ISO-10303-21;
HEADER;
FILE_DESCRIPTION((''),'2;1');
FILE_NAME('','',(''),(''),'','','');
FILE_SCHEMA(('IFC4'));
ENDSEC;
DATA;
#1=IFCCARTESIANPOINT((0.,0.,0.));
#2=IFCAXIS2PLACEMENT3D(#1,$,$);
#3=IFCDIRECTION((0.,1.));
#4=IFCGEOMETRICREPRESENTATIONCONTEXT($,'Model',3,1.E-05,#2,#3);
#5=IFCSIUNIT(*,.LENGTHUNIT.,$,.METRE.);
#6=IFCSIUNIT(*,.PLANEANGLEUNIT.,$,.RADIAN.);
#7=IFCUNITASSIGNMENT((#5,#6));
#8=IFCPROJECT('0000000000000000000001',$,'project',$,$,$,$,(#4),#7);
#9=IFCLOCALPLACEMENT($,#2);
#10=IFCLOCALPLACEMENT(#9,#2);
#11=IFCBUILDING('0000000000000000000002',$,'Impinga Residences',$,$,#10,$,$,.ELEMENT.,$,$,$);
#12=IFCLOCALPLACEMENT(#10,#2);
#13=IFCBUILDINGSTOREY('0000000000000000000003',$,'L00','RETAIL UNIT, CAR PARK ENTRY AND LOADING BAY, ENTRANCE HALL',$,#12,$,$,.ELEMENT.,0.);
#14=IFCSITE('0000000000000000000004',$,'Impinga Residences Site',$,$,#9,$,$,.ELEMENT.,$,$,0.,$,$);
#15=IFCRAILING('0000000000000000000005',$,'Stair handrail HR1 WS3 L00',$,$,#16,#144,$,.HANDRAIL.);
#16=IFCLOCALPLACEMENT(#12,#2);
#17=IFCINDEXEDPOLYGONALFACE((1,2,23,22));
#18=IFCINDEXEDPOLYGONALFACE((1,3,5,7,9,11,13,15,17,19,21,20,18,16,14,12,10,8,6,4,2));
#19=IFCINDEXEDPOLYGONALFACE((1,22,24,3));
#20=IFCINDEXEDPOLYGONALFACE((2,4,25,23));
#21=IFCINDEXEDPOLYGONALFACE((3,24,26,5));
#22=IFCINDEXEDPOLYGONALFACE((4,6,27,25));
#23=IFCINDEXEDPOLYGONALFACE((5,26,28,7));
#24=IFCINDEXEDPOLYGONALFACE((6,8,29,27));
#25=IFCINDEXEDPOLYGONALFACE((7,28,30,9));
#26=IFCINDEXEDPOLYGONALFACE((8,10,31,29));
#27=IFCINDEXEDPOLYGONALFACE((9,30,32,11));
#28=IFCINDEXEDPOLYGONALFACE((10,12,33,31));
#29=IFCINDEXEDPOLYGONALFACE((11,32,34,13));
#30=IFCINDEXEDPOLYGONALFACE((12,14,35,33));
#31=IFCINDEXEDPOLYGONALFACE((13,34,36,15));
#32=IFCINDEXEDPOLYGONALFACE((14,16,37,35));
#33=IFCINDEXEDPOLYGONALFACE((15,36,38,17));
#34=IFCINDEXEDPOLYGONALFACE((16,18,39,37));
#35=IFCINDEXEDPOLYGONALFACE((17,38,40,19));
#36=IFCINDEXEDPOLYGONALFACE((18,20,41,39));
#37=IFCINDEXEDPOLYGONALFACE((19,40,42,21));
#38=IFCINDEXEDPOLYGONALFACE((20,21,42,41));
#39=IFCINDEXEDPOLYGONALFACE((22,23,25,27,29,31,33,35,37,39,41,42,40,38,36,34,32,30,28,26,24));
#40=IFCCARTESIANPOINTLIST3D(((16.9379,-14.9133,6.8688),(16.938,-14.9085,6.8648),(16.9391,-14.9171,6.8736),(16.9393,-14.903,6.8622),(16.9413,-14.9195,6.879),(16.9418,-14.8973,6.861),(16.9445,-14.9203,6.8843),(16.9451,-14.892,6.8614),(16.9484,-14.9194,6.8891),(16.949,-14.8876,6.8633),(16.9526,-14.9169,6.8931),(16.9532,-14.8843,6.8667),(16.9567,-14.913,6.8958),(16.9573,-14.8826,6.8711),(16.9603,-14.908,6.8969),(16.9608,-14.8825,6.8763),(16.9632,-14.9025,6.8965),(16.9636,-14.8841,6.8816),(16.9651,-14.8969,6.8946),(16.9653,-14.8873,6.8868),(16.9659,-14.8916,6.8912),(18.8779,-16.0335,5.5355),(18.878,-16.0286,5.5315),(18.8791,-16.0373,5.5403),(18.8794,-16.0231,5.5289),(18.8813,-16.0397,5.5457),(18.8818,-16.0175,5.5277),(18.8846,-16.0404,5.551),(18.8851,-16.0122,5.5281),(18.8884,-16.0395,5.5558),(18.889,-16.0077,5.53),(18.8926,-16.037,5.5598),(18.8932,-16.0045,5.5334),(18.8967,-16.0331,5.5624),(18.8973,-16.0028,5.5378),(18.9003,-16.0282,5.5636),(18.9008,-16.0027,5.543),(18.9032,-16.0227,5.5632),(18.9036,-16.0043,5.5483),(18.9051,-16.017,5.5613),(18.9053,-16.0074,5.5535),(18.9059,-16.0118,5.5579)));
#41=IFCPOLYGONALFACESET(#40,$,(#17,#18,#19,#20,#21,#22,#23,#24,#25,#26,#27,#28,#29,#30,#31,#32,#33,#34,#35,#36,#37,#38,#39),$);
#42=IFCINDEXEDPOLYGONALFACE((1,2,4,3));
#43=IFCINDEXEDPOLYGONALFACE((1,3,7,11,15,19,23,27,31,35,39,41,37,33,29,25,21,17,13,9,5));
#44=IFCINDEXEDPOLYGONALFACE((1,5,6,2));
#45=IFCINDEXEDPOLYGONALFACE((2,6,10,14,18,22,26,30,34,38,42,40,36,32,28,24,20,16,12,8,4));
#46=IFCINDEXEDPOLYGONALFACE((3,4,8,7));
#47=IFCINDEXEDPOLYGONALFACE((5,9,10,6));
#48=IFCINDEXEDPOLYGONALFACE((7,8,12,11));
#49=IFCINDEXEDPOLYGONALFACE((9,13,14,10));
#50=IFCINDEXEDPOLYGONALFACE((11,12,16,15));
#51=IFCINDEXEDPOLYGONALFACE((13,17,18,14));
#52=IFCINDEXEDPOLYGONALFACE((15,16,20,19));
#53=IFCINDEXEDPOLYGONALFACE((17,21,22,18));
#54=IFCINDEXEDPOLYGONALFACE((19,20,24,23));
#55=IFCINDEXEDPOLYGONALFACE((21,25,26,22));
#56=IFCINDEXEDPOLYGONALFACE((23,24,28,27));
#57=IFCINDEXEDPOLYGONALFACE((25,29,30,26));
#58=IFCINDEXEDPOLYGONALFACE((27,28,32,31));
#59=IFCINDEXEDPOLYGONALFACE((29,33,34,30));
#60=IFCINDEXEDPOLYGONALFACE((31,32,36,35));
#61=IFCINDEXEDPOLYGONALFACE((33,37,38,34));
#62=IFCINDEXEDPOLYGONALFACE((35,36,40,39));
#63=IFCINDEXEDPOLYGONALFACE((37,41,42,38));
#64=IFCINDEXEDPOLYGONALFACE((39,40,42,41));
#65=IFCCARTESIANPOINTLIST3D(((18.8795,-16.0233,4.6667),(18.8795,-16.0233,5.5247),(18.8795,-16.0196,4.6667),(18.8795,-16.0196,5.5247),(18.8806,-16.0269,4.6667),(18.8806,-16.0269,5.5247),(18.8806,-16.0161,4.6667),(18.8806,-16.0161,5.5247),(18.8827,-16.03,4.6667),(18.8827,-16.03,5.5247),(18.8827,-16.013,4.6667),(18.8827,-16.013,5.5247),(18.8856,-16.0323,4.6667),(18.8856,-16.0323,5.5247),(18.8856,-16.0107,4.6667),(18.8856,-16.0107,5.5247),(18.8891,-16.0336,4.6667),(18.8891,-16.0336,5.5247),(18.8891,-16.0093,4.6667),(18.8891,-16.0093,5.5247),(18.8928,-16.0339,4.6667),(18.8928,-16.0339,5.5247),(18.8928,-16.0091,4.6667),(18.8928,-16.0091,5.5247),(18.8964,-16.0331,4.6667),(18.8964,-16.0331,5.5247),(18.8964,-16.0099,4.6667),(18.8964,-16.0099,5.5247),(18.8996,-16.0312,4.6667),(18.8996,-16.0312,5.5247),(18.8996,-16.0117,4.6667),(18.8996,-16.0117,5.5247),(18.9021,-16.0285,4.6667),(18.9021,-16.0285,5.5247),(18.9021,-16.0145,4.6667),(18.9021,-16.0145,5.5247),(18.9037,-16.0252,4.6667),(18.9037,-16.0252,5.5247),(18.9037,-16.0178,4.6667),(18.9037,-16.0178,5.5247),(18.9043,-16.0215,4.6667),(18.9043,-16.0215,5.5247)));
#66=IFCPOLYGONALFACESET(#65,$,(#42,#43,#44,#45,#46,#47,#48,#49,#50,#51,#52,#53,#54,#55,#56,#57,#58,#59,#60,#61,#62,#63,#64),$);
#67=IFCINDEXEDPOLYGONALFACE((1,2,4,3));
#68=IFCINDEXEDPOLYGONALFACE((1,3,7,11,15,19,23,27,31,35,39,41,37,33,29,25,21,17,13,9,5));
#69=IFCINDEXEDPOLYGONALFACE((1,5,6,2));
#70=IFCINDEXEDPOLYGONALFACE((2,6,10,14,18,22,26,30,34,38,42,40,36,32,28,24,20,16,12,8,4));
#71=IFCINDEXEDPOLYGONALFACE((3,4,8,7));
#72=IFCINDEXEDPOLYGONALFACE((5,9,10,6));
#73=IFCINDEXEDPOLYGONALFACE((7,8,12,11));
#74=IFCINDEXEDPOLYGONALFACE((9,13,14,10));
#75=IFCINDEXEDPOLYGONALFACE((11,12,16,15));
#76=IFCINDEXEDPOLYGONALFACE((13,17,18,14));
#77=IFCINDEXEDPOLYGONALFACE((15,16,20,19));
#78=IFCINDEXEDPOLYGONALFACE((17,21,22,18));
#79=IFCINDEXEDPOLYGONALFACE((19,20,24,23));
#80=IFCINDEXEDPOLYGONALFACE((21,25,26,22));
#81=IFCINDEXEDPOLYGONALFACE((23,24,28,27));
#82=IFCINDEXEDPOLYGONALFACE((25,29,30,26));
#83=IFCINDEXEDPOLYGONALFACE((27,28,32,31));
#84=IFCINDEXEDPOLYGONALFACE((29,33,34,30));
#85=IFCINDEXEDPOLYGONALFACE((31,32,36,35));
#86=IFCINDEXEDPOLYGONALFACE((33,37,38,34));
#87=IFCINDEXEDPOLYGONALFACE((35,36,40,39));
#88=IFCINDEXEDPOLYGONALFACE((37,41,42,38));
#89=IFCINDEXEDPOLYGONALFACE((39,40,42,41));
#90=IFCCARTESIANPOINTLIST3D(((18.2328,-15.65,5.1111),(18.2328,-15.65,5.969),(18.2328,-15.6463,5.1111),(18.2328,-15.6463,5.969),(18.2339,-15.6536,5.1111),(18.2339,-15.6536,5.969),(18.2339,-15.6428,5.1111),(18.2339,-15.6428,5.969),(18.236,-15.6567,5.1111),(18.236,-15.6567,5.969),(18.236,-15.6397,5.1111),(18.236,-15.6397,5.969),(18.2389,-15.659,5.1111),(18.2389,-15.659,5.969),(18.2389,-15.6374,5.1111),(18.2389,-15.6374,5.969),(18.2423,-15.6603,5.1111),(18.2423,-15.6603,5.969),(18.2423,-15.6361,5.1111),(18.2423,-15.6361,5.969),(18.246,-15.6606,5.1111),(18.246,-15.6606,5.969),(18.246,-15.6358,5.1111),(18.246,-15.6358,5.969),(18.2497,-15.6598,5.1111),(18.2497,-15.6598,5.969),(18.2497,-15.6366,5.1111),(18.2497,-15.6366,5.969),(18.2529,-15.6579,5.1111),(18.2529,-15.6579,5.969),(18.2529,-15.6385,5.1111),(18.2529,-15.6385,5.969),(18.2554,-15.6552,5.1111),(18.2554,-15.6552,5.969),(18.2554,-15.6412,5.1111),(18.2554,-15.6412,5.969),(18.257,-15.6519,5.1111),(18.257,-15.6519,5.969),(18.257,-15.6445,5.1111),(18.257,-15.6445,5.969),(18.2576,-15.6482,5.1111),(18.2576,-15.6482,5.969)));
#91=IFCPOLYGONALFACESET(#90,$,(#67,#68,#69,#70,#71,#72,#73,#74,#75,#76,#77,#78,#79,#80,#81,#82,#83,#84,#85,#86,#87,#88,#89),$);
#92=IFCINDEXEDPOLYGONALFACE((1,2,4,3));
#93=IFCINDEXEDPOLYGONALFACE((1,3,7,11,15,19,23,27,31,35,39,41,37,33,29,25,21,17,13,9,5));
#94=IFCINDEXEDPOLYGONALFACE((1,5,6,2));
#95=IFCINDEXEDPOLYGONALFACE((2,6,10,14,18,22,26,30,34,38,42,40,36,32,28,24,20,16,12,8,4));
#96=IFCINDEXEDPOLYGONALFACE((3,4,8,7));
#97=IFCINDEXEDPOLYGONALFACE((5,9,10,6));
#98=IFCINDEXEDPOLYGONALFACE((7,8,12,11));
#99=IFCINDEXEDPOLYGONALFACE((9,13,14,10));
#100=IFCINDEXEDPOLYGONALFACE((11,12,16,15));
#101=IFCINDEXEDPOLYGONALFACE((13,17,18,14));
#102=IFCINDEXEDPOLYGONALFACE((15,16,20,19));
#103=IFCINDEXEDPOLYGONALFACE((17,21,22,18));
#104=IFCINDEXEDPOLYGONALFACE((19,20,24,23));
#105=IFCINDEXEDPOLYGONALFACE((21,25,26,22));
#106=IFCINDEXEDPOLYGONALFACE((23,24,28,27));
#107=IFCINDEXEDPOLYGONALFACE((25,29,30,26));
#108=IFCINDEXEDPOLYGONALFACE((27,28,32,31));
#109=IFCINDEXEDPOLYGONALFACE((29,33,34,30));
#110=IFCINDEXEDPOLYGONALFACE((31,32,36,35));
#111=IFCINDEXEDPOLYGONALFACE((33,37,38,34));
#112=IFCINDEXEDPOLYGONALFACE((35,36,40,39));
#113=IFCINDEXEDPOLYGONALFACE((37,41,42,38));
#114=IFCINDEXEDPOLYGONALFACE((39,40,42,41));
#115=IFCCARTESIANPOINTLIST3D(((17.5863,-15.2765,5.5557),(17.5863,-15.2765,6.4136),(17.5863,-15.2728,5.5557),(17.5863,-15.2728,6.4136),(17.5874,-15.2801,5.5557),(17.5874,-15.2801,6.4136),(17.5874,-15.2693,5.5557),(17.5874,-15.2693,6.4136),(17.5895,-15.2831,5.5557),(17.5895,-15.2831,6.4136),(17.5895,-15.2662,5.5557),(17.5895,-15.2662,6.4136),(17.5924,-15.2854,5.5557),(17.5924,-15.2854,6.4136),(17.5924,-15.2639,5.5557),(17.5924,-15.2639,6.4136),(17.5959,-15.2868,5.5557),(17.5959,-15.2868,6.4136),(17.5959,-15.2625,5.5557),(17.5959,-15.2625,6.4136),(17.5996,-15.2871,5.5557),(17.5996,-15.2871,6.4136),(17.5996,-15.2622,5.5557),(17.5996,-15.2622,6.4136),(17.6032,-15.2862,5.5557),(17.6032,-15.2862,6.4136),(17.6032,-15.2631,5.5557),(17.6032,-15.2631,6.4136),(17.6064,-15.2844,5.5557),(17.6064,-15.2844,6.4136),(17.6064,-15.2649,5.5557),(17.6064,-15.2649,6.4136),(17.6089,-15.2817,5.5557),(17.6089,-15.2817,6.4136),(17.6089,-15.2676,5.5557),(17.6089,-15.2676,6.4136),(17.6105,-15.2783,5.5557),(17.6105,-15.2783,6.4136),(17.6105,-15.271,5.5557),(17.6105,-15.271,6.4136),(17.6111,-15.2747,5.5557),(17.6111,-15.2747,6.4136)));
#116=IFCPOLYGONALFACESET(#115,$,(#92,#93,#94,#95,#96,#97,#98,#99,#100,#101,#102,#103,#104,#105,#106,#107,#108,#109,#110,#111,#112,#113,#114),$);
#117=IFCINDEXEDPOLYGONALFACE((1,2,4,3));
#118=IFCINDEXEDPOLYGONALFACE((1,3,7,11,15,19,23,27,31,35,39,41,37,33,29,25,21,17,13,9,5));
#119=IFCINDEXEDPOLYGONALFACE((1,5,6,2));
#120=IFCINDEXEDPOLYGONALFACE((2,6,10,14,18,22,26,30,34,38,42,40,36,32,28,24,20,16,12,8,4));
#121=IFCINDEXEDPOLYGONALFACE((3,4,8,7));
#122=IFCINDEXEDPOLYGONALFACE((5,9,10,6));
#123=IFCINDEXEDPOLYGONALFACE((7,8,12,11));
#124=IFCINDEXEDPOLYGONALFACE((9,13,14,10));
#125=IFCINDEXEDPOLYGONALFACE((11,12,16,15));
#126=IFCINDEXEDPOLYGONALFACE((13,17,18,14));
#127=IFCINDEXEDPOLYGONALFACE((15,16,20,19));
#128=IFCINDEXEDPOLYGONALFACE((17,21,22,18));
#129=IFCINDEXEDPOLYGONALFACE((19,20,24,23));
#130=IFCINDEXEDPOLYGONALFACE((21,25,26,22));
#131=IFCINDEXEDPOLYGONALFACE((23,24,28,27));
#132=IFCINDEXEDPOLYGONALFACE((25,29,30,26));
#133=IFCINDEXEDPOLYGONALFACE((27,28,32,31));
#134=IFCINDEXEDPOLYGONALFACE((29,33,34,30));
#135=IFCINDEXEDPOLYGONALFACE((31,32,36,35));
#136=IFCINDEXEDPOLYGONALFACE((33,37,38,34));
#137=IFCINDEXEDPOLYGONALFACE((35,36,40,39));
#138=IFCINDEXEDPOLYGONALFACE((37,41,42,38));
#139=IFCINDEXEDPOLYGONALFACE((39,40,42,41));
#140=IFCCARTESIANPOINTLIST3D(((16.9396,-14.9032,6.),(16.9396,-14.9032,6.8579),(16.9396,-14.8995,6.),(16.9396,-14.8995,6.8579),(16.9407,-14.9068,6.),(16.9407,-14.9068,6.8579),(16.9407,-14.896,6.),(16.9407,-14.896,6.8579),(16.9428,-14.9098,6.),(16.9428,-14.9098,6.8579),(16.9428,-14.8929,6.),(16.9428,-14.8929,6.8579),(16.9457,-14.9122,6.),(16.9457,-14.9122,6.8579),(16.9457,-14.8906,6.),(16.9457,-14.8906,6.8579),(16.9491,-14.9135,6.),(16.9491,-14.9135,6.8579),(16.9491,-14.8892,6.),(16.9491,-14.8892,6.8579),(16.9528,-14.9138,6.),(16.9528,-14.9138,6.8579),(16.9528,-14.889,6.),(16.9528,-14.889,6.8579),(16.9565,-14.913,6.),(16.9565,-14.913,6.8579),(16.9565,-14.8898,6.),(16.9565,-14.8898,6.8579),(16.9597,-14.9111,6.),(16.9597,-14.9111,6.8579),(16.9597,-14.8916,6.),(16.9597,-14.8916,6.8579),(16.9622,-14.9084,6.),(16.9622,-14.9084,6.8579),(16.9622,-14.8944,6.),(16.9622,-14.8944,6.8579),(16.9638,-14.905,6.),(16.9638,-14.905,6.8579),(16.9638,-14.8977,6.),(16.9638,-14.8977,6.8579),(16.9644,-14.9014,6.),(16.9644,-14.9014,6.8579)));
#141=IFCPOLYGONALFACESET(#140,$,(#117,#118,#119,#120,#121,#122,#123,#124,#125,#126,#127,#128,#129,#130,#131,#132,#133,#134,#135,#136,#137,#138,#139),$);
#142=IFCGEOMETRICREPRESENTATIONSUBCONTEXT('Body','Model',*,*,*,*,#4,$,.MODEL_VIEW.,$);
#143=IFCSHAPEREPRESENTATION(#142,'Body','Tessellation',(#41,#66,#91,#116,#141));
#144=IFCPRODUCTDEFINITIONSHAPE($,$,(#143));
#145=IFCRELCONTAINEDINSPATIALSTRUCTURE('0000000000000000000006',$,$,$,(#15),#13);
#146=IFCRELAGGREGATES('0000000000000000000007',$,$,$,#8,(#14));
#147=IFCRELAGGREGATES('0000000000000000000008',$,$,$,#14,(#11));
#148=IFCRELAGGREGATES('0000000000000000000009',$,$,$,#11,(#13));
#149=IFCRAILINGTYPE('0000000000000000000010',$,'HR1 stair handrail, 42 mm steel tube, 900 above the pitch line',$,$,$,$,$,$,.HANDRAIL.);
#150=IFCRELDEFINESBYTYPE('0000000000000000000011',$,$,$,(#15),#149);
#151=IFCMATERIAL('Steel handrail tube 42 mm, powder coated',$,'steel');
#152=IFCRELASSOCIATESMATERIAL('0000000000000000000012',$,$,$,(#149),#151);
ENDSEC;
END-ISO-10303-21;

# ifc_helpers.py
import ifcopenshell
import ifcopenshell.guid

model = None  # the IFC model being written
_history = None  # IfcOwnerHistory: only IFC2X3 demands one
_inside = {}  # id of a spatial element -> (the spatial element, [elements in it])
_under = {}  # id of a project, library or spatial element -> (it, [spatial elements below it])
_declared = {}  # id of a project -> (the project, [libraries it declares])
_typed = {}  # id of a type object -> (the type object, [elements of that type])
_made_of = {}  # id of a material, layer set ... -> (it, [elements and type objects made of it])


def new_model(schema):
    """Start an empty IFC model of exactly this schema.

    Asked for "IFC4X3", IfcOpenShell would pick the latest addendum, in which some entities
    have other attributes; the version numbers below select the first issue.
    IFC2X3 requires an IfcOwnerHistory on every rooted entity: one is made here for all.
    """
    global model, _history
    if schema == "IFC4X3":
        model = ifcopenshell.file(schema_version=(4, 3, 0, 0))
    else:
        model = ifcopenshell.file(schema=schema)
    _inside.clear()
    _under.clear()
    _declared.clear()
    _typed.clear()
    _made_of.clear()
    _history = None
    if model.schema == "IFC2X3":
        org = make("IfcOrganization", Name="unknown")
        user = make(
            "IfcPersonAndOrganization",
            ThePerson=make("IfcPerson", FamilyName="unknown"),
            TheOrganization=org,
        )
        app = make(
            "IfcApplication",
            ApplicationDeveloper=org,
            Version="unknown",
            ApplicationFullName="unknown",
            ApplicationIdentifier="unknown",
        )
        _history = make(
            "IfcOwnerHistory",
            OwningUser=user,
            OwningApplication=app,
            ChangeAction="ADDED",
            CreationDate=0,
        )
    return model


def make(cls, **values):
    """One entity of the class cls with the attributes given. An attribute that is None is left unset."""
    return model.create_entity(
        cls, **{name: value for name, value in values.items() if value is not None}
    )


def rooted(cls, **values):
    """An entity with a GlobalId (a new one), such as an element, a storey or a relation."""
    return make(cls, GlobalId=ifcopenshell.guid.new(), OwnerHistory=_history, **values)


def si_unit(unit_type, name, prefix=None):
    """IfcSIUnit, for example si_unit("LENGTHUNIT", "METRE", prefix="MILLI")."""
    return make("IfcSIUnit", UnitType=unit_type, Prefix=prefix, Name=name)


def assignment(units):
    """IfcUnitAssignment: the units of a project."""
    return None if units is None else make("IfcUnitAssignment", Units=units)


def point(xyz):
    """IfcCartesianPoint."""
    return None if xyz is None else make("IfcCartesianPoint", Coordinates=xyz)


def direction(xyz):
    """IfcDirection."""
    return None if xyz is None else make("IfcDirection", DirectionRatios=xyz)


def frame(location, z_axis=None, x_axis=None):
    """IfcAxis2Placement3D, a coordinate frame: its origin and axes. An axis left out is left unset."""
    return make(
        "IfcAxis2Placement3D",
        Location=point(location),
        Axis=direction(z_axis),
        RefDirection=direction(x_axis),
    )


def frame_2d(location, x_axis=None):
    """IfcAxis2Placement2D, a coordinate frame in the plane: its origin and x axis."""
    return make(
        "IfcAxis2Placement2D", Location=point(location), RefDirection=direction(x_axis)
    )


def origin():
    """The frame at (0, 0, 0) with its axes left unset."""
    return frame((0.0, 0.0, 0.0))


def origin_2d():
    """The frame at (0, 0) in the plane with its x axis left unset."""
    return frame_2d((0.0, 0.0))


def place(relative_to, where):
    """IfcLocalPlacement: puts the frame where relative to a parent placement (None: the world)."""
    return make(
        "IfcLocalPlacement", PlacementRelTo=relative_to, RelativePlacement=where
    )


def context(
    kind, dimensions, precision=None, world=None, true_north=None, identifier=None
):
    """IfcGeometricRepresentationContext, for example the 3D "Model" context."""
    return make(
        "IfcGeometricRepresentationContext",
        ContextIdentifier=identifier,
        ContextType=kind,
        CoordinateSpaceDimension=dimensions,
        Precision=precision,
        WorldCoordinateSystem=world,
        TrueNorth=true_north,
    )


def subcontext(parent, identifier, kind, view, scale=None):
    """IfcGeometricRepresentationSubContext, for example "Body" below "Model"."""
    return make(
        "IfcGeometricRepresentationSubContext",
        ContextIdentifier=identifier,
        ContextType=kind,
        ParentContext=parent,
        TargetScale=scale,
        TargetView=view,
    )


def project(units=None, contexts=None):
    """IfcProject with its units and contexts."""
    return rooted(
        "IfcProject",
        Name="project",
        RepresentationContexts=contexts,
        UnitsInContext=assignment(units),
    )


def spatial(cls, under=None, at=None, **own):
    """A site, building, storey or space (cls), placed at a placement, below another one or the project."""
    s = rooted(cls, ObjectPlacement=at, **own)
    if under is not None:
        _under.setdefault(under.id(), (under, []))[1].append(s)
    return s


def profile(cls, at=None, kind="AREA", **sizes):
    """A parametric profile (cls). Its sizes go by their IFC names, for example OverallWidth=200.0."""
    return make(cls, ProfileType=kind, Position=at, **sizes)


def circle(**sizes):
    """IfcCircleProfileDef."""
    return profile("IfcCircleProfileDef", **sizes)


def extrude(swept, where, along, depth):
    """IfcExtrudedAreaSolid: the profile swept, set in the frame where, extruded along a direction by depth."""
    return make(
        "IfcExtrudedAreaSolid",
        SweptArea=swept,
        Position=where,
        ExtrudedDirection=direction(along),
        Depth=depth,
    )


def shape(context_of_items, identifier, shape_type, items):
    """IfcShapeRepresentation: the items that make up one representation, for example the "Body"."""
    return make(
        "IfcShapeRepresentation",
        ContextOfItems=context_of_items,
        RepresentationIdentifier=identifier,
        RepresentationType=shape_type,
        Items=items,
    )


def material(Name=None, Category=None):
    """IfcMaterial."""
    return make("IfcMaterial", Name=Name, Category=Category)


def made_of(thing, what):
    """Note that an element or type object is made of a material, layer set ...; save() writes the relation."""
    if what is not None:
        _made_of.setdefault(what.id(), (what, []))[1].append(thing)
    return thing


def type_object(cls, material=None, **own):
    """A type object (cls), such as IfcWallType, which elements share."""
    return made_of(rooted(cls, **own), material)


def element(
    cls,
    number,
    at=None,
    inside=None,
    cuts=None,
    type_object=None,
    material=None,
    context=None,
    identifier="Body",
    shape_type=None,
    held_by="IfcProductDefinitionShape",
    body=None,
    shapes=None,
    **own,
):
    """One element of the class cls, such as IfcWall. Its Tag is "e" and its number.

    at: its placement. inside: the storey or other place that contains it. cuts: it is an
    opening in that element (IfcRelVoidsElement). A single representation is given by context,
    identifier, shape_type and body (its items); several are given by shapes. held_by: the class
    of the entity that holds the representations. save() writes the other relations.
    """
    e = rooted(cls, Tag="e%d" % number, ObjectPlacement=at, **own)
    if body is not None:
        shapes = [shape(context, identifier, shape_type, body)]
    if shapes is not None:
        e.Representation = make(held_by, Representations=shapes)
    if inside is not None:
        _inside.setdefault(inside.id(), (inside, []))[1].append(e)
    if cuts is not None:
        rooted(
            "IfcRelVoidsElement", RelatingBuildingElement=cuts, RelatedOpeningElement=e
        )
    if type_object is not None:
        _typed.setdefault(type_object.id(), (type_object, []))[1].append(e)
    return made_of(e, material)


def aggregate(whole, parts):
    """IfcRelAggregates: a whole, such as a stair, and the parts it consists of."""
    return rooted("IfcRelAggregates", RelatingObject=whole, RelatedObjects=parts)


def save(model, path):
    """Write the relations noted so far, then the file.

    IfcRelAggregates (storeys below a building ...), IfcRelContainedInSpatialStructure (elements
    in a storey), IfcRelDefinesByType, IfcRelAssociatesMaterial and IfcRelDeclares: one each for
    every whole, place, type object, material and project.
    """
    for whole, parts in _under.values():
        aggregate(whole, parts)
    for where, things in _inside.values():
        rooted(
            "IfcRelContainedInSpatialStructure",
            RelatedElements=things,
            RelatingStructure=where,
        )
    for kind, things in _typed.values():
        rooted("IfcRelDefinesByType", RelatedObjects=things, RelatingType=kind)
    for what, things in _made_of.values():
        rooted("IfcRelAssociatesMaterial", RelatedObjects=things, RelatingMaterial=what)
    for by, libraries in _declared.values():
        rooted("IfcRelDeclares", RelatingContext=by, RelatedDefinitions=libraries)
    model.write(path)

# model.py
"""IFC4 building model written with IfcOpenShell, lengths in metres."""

from ifc_helpers import new_model, si_unit, direction, frame, origin, origin_2d, place, context, subcontext, project, spatial, circle, extrude, material, type_object, element, save


model = new_model("IFC4")

# Units and contexts
model_context = context("Model", 3, precision=1e-05, world=origin(), true_north=direction((0.0, 1.0)))
body_context = subcontext(model_context, "Body", "Model", "MODEL_VIEW")
ifc_project = project(units=[si_unit("LENGTHUNIT", "METRE"), si_unit("PLANEANGLEUNIT", "RADIAN")], contexts=[model_context])

# Site, building, storey
site_placement = place(None, origin())
site = spatial("IfcSite", under=ifc_project, at=site_placement, Name="Impinga Residences Site", CompositionType="ELEMENT", RefElevation=0.0)
building_placement = place(site_placement, origin())
building = spatial("IfcBuilding", under=site, at=building_placement, Name="Impinga Residences", CompositionType="ELEMENT")
storey_placement = place(building_placement, origin())
storey = spatial("IfcBuildingStorey", under=building, at=storey_placement, Name="L00", Description="RETAIL UNIT, CAR PARK ENTRY AND LOADING BAY, ENTRANCE HALL", CompositionType="ELEMENT", Elevation=0.0)

# Railing
ifc_material_1 = material(Name="Steel handrail tube 42 mm, powder coated", Category="steel")
railing_type_1 = type_object("IfcRailingType", Name="HR1 stair handrail, 42 mm steel tube, 900 above the pitch line", PredefinedType="HANDRAIL", material=ifc_material_1)
railing_1_placement = place(storey_placement, frame((18.8918, -16.0215, 4.6667)))
element("IfcRailing", 1, at=railing_1_placement, inside=storey, type_object=railing_type_1, Name="Stair handrail HR1 WS3 L00", PredefinedType="HANDRAIL", context=body_context, shape_type="SweptSolid", body=[
    extrude(circle(Radius=0.021, at=origin_2d()), frame((0.0, 0.0, 0.8789), z_axis=(-0.744175, 0.429684, 0.511444), x_axis=(-0.500031, -0.866008, 0.0)), (0.0, 0.0, 1.0), 2.6069),
    extrude(circle(Radius=0.0125, at=origin_2d()), origin(), (0.0, 0.0, 1.0), 0.8579),
    extrude(circle(Radius=0.0125, at=origin_2d()), frame((-0.6467, 0.3733, 0.4443)), (0.0, 0.0, 1.0), 0.8579),
    extrude(circle(Radius=0.0125, at=origin_2d()), frame((-1.2932, 0.7468, 0.8889)), (0.0, 0.0, 1.0), 0.8579),
    extrude(circle(Radius=0.0125, at=origin_2d()), frame((-1.9399, 1.1201, 1.3333)), (0.0, 0.0, 1.0), 0.8579),
])

save(model, "model.ifc")
